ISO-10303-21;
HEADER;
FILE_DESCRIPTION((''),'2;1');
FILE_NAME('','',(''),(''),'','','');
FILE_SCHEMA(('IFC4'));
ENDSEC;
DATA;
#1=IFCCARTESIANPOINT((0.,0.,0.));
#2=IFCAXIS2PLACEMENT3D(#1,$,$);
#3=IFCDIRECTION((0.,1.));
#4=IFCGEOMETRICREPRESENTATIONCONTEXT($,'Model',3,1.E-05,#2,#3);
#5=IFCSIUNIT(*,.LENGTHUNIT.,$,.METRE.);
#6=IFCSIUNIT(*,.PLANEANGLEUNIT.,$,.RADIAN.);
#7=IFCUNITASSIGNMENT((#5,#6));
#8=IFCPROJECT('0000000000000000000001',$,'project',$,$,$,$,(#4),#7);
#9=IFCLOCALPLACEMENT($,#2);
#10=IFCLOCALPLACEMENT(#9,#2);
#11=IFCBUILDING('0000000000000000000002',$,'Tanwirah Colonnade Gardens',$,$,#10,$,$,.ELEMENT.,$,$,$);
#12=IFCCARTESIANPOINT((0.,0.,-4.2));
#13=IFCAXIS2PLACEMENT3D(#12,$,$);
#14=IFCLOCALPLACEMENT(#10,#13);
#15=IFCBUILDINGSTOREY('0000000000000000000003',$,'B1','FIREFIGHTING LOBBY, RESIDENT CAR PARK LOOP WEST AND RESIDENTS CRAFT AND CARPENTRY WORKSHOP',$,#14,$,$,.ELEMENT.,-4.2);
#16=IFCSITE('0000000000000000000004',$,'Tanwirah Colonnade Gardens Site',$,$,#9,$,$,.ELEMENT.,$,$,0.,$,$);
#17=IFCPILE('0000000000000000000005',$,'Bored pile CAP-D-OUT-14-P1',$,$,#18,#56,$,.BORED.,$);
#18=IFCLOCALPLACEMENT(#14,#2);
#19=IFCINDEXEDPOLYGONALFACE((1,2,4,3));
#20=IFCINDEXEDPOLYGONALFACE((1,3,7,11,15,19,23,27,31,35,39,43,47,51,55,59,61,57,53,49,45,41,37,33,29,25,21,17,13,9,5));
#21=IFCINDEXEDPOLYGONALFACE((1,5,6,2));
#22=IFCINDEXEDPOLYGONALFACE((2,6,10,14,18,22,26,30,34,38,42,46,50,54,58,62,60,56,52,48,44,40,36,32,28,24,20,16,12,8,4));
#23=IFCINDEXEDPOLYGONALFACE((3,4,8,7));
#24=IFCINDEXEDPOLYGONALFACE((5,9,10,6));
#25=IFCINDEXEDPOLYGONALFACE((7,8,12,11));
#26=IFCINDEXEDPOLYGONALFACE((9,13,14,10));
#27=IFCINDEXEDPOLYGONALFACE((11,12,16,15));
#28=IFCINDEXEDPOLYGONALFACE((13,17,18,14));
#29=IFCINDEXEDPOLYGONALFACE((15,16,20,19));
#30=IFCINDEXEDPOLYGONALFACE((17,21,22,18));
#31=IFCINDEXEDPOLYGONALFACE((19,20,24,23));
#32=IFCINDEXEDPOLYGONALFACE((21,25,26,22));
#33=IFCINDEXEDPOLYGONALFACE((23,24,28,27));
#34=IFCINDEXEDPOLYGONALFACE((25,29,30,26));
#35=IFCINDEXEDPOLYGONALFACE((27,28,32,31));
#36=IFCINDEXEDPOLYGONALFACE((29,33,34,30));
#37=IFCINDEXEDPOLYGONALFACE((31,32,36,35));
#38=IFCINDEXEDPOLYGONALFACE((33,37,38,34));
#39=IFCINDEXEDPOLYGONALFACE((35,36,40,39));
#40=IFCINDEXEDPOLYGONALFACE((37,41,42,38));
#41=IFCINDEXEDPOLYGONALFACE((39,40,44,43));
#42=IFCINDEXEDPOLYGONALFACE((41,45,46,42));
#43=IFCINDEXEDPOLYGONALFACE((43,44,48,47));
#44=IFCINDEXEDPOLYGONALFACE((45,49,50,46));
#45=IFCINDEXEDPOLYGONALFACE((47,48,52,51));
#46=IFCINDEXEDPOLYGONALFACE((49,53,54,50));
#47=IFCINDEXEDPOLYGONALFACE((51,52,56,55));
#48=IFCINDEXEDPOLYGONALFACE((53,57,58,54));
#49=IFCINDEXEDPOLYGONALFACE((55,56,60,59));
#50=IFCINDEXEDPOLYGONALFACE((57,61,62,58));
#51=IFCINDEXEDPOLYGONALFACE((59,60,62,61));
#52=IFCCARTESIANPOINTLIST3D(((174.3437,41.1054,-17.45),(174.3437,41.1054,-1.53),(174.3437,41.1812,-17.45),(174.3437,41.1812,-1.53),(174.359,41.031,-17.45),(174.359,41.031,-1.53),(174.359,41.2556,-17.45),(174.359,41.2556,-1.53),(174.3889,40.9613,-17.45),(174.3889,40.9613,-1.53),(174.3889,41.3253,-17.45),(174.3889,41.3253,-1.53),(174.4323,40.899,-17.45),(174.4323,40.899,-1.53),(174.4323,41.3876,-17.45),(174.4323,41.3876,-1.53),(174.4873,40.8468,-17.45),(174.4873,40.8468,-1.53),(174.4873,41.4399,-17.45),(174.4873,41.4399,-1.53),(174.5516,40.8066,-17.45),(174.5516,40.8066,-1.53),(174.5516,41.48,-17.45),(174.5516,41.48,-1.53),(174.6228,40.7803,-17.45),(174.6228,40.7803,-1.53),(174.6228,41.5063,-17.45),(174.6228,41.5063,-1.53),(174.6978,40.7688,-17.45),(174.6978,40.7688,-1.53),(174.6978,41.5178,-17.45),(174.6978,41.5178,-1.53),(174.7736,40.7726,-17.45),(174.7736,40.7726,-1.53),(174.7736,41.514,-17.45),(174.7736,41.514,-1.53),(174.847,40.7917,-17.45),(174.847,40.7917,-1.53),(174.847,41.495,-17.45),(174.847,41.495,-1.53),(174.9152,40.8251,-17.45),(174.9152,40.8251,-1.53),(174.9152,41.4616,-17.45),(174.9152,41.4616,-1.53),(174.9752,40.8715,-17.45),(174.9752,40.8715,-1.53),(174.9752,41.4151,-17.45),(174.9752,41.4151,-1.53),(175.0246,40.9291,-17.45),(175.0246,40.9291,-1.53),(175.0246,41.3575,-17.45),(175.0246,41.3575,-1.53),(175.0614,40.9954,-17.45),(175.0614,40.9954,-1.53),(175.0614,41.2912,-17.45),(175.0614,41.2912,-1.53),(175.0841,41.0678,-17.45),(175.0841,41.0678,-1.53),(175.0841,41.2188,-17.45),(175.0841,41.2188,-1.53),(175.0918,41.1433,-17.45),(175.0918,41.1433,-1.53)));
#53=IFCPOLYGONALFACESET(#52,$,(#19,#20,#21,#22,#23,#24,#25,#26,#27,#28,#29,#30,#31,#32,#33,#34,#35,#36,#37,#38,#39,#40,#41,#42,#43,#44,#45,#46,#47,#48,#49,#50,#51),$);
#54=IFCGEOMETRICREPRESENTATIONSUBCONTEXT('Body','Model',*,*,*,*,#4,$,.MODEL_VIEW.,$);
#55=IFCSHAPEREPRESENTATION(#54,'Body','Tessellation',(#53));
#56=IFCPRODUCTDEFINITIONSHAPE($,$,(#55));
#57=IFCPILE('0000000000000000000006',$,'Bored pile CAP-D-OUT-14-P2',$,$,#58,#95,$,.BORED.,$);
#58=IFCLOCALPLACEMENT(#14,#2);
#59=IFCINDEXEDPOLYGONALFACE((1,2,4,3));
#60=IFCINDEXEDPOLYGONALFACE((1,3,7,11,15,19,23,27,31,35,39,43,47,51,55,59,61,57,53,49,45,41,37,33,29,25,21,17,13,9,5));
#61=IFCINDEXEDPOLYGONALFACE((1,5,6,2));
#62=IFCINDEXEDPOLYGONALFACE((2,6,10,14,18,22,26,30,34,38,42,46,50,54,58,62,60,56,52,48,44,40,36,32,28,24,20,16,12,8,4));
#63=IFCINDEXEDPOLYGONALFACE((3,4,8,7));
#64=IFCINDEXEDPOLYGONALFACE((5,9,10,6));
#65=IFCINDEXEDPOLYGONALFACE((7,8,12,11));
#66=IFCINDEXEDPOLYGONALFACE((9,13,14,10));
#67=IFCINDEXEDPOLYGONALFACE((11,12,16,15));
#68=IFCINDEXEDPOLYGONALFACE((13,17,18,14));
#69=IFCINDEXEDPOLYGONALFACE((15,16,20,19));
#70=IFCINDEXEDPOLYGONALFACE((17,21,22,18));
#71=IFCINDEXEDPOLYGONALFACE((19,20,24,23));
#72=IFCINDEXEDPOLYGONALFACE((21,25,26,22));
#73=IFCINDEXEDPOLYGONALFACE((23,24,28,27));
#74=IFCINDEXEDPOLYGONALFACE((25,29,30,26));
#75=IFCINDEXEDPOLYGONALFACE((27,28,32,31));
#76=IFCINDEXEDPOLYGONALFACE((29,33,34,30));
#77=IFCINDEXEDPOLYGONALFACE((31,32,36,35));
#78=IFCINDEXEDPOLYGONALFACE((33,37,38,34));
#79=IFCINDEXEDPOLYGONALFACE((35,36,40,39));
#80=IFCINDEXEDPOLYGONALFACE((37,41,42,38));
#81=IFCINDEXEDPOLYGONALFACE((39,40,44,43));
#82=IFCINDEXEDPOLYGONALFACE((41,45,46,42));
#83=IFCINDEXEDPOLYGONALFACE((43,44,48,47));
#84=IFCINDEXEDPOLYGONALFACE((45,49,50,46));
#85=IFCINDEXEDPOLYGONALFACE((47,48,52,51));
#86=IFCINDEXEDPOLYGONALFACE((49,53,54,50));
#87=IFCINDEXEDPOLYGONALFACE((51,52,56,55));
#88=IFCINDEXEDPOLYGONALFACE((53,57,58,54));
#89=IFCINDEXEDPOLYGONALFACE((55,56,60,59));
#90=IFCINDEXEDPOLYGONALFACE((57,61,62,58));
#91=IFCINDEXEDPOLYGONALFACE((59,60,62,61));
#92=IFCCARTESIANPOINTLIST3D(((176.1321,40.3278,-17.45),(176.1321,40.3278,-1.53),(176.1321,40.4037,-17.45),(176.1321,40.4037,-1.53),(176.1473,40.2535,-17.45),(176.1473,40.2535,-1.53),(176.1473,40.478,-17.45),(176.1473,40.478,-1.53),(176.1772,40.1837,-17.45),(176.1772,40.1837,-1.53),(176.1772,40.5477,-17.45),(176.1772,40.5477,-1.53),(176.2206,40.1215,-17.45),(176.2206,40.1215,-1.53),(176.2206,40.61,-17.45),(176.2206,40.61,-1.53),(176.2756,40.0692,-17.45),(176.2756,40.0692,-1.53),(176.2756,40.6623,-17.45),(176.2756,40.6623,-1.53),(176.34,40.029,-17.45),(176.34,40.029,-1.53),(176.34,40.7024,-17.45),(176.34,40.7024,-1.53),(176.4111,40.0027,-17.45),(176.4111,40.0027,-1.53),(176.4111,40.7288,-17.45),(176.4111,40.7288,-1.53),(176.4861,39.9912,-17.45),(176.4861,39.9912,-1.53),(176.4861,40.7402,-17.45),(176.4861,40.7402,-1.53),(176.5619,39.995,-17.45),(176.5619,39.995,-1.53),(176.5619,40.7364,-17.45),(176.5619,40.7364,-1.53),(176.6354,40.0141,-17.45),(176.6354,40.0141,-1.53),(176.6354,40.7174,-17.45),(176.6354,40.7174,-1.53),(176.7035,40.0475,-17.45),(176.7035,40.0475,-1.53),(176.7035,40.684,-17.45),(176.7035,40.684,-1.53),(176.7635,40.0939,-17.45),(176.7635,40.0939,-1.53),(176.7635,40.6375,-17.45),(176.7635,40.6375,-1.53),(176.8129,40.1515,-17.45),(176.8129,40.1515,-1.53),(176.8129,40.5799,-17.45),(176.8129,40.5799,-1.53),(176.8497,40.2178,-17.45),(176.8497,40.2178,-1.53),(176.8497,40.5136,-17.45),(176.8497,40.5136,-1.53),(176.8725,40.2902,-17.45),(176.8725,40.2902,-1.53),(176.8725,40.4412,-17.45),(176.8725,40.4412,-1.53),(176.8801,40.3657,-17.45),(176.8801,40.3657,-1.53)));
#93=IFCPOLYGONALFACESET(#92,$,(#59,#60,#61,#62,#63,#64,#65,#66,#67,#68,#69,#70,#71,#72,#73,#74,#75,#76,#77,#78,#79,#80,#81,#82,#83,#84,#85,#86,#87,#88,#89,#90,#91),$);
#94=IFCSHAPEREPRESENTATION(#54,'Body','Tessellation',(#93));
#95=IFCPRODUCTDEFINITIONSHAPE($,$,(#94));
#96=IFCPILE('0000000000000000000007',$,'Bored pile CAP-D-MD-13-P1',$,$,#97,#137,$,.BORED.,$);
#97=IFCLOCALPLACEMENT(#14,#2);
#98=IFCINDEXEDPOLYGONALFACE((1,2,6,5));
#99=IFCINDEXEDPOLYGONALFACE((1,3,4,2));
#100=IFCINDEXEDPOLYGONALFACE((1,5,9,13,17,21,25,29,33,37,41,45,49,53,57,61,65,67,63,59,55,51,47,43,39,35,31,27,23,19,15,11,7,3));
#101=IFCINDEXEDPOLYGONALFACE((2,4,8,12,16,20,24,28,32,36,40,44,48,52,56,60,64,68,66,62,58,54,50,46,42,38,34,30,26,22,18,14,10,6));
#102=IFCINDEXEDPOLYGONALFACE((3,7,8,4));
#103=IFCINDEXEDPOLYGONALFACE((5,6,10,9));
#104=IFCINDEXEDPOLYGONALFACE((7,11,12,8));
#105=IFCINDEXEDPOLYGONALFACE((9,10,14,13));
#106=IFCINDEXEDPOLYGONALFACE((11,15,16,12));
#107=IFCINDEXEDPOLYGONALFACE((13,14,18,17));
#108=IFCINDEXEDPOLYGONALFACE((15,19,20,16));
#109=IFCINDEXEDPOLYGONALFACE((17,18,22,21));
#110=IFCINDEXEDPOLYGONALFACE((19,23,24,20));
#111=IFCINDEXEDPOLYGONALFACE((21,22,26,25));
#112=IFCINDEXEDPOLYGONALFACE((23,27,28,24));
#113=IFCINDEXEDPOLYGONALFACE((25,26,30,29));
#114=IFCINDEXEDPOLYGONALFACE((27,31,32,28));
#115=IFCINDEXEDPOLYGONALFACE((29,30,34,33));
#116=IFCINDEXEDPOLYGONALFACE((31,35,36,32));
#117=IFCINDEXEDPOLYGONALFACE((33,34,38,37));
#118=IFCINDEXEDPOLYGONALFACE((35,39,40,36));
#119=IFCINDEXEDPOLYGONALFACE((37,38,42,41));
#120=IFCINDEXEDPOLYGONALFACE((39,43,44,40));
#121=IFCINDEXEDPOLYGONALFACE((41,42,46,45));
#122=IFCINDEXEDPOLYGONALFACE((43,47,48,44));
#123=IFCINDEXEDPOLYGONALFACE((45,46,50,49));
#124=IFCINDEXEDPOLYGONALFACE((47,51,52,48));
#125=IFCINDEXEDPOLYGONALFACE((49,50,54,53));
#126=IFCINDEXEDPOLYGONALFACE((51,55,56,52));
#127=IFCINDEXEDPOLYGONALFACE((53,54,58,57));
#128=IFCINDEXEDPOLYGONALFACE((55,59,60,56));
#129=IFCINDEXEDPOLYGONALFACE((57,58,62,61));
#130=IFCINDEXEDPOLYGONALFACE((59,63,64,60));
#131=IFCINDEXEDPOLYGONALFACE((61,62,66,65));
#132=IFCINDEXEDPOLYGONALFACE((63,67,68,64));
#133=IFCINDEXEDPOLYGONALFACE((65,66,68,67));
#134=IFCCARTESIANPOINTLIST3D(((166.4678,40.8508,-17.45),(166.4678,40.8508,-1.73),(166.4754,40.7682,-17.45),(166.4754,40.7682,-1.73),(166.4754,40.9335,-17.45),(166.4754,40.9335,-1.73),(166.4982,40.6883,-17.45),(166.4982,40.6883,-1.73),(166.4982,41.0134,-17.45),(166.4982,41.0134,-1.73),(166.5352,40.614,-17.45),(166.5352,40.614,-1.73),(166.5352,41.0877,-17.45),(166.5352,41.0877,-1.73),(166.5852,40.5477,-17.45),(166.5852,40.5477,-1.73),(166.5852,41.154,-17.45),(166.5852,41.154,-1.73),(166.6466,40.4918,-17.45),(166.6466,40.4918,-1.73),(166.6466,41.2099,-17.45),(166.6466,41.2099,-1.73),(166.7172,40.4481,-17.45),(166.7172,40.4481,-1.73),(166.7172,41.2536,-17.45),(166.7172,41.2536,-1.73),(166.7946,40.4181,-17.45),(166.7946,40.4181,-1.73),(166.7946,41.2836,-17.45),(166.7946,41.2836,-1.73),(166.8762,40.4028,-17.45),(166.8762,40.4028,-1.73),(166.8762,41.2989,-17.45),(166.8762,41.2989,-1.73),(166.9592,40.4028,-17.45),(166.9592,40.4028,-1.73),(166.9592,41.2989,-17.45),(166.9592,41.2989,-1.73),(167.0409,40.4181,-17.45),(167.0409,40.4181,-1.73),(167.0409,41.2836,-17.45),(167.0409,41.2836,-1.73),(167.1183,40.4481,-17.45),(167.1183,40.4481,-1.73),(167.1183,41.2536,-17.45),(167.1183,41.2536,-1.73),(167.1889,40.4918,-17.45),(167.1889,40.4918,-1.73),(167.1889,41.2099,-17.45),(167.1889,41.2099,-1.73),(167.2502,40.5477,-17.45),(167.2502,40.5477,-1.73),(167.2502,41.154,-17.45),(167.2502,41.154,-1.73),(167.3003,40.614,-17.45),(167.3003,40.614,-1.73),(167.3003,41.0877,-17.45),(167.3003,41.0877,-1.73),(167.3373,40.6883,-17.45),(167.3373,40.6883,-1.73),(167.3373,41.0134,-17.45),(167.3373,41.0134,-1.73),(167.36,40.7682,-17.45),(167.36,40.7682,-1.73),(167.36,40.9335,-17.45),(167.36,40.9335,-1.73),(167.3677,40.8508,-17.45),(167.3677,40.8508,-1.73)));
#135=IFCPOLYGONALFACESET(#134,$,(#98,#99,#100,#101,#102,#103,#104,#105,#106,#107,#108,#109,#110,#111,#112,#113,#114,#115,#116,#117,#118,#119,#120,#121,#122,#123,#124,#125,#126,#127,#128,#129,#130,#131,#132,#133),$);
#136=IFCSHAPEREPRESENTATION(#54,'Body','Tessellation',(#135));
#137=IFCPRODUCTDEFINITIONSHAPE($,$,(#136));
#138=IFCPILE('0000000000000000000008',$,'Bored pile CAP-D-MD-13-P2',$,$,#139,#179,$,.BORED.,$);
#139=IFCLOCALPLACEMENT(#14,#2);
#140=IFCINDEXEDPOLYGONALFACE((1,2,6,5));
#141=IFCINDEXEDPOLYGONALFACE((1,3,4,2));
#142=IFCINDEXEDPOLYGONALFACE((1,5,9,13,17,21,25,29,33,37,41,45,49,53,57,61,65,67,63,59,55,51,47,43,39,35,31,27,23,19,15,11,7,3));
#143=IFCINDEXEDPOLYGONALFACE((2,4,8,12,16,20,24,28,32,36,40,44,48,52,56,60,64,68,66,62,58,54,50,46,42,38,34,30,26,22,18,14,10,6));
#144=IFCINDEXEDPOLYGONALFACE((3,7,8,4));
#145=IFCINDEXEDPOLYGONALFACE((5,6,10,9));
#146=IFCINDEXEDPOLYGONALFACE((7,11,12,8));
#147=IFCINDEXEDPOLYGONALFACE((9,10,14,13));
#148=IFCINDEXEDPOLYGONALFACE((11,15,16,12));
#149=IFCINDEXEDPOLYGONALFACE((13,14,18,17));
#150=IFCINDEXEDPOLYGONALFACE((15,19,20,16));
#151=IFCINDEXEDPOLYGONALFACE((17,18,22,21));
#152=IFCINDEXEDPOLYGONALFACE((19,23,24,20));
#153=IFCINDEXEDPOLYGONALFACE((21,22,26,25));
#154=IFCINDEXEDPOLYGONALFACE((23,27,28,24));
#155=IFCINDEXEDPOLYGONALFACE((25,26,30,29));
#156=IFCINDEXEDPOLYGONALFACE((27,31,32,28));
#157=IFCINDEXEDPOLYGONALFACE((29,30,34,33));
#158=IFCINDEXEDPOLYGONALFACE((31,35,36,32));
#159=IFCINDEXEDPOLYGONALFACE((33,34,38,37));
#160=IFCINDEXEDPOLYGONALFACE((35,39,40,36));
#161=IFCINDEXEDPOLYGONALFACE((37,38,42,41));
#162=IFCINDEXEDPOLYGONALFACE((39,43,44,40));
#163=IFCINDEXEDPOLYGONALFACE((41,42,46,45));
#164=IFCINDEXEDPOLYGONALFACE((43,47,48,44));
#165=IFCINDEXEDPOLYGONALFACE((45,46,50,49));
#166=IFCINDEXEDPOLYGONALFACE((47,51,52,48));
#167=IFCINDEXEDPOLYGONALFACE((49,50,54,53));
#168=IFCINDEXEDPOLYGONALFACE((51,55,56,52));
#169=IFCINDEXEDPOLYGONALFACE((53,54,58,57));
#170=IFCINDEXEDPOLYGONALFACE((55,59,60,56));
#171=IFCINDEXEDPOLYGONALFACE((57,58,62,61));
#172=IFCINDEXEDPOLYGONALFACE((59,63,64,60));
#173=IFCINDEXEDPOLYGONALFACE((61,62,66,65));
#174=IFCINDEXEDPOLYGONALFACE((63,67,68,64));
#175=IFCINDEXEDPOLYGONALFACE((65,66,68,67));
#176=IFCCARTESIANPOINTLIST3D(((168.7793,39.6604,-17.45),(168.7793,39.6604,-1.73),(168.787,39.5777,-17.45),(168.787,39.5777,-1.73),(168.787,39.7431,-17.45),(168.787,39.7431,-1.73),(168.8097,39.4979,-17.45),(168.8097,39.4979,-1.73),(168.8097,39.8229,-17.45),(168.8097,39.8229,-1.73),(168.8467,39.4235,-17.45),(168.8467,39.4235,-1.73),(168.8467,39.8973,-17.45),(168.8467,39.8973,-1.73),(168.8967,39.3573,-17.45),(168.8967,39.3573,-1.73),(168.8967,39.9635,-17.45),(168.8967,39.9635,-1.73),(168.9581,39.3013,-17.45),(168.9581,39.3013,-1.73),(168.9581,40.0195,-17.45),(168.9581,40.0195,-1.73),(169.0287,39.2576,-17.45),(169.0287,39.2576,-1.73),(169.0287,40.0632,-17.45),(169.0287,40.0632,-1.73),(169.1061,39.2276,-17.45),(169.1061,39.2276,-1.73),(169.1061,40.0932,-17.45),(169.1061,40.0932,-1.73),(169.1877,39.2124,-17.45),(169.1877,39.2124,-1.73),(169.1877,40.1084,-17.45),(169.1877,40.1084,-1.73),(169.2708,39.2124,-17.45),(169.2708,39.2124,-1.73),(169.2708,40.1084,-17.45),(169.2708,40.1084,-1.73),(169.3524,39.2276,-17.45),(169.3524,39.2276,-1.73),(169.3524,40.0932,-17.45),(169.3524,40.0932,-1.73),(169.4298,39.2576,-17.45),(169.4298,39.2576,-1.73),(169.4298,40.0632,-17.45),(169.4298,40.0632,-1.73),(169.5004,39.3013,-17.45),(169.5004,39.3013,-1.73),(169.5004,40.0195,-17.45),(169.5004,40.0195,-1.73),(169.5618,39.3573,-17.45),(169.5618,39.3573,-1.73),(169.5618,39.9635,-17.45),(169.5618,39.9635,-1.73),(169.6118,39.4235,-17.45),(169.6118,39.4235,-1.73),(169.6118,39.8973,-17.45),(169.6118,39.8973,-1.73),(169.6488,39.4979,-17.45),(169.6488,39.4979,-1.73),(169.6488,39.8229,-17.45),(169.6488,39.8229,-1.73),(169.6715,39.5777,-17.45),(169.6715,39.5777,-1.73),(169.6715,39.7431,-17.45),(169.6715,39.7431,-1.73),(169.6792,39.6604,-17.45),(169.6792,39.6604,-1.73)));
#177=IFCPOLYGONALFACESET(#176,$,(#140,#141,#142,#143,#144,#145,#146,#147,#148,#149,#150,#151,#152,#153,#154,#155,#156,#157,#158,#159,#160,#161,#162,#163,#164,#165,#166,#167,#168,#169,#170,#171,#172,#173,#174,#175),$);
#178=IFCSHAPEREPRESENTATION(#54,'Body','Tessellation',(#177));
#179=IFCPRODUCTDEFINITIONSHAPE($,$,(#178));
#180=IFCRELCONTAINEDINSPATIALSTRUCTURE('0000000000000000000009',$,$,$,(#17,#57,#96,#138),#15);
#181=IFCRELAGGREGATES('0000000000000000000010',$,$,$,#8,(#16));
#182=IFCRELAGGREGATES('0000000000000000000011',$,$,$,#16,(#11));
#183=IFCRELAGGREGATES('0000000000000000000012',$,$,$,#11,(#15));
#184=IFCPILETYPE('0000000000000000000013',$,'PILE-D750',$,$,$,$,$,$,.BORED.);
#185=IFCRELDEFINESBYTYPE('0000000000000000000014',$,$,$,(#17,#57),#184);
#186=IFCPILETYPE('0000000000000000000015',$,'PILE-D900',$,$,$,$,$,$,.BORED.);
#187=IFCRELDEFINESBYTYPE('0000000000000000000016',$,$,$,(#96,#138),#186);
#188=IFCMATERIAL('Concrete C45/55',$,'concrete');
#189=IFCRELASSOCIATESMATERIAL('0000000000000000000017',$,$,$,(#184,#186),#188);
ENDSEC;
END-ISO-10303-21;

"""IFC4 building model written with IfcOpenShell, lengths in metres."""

from ifc_helpers import new_model, si_unit, direction, frame, origin, origin_2d, place, context, subcontext, project, spatial, circle, extrude, material, material_profile, profile_set, type_object, element, save


model = new_model("IFC4")

# Units and contexts
model_context = context("Model", 3, precision=1e-05, world=origin(), true_north=direction((0.0, 1.0)))
body_context = subcontext(model_context, "Body", "Model", "MODEL_VIEW")
ifc_project = project(units=[si_unit("LENGTHUNIT", "METRE"), si_unit("PLANEANGLEUNIT", "RADIAN")], contexts=[model_context])

# Site, building, storey
site_placement = place(None, origin())
site = spatial("IfcSite", under=ifc_project, at=site_placement, Name="Tanwirah Colonnade Gardens Site", CompositionType="ELEMENT", RefElevation=0.0)
building_placement = place(site_placement, origin())
building = spatial("IfcBuilding", under=site, at=building_placement, Name="Tanwirah Colonnade Gardens", CompositionType="ELEMENT")
storey_placement = place(building_placement, frame((0.0, 0.0, -4.2)))
storey = spatial("IfcBuildingStorey", under=building, at=storey_placement, Name="B1", Description="FIREFIGHTING LOBBY, RESIDENT CAR PARK LOOP WEST AND RESIDENTS CRAFT AND CARPENTRY WORKSHOP", CompositionType="ELEMENT", Elevation=-4.2)

# Shared definitions
ifc_material_1 = material(Name="Concrete C45/55", Category="concrete")

# Piles
ifc_material_profile_1 = material_profile(ifc_material_1, circle(Radius=0.375, at=origin_2d()), Name="PILE D750")
ifc_profile_set_1 = profile_set([ifc_material_profile_1], Name="Concrete C45/55")
pile_type_1 = type_object("IfcPileType", Name="PILE-D750", PredefinedType="BORED", material=ifc_profile_set_1)
for number, where, z_axis, x_axis, name in (
    (1, (174.7168, 41.1433, -1.53), (0.0, 0.0, -1.0), (1.0, 0.0, 0.0), "Bored pile CAP-D-OUT-14-P1"),
    (2, (176.5051, 40.3657, -1.53), (0.0, 0.0, -1.0), (1.0, 0.0, 0.0), "Bored pile CAP-D-OUT-14-P2"),
):
    element("IfcPile", number, at=place(storey_placement, frame(where, z_axis=z_axis, x_axis=x_axis)), inside=storey, type_object=pile_type_1, Name=name, PredefinedType="BORED", context=body_context, shape_type="SweptSolid", body=[
        extrude(circle(Radius=0.375, at=origin_2d()), origin(), (0.0, 0.0, 1.0), 15.9199),
    ])
ifc_material_profile_2 = material_profile(ifc_material_1, circle(Radius=0.45, at=origin_2d()), Name="PILE D900")
ifc_profile_set_2 = profile_set([ifc_material_profile_2], Name="Concrete C45/55")
pile_type_2 = type_object("IfcPileType", Name="PILE-D900", PredefinedType="BORED", material=ifc_profile_set_2)
for number, where, z_axis, x_axis, name in (
    (3, (166.9177, 40.8508, -1.73), (0.0, 0.0, -1.0), (1.0, 0.0, 0.0), "Bored pile CAP-D-MD-13-P1"),
    (4, (169.2292, 39.6604, -1.73), (0.0, 0.0, -1.0), (1.0, 0.0, 0.0), "Bored pile CAP-D-MD-13-P2"),
):
    element("IfcPile", number, at=place(storey_placement, frame(where, z_axis=z_axis, x_axis=x_axis)), inside=storey, type_object=pile_type_2, Name=name, PredefinedType="BORED", context=body_context, shape_type="SweptSolid", body=[
        extrude(circle(Radius=0.45, at=origin_2d()), origin(), (0.0, 0.0, 1.0), 15.72),
    ])

save(model, "model.ifc")
